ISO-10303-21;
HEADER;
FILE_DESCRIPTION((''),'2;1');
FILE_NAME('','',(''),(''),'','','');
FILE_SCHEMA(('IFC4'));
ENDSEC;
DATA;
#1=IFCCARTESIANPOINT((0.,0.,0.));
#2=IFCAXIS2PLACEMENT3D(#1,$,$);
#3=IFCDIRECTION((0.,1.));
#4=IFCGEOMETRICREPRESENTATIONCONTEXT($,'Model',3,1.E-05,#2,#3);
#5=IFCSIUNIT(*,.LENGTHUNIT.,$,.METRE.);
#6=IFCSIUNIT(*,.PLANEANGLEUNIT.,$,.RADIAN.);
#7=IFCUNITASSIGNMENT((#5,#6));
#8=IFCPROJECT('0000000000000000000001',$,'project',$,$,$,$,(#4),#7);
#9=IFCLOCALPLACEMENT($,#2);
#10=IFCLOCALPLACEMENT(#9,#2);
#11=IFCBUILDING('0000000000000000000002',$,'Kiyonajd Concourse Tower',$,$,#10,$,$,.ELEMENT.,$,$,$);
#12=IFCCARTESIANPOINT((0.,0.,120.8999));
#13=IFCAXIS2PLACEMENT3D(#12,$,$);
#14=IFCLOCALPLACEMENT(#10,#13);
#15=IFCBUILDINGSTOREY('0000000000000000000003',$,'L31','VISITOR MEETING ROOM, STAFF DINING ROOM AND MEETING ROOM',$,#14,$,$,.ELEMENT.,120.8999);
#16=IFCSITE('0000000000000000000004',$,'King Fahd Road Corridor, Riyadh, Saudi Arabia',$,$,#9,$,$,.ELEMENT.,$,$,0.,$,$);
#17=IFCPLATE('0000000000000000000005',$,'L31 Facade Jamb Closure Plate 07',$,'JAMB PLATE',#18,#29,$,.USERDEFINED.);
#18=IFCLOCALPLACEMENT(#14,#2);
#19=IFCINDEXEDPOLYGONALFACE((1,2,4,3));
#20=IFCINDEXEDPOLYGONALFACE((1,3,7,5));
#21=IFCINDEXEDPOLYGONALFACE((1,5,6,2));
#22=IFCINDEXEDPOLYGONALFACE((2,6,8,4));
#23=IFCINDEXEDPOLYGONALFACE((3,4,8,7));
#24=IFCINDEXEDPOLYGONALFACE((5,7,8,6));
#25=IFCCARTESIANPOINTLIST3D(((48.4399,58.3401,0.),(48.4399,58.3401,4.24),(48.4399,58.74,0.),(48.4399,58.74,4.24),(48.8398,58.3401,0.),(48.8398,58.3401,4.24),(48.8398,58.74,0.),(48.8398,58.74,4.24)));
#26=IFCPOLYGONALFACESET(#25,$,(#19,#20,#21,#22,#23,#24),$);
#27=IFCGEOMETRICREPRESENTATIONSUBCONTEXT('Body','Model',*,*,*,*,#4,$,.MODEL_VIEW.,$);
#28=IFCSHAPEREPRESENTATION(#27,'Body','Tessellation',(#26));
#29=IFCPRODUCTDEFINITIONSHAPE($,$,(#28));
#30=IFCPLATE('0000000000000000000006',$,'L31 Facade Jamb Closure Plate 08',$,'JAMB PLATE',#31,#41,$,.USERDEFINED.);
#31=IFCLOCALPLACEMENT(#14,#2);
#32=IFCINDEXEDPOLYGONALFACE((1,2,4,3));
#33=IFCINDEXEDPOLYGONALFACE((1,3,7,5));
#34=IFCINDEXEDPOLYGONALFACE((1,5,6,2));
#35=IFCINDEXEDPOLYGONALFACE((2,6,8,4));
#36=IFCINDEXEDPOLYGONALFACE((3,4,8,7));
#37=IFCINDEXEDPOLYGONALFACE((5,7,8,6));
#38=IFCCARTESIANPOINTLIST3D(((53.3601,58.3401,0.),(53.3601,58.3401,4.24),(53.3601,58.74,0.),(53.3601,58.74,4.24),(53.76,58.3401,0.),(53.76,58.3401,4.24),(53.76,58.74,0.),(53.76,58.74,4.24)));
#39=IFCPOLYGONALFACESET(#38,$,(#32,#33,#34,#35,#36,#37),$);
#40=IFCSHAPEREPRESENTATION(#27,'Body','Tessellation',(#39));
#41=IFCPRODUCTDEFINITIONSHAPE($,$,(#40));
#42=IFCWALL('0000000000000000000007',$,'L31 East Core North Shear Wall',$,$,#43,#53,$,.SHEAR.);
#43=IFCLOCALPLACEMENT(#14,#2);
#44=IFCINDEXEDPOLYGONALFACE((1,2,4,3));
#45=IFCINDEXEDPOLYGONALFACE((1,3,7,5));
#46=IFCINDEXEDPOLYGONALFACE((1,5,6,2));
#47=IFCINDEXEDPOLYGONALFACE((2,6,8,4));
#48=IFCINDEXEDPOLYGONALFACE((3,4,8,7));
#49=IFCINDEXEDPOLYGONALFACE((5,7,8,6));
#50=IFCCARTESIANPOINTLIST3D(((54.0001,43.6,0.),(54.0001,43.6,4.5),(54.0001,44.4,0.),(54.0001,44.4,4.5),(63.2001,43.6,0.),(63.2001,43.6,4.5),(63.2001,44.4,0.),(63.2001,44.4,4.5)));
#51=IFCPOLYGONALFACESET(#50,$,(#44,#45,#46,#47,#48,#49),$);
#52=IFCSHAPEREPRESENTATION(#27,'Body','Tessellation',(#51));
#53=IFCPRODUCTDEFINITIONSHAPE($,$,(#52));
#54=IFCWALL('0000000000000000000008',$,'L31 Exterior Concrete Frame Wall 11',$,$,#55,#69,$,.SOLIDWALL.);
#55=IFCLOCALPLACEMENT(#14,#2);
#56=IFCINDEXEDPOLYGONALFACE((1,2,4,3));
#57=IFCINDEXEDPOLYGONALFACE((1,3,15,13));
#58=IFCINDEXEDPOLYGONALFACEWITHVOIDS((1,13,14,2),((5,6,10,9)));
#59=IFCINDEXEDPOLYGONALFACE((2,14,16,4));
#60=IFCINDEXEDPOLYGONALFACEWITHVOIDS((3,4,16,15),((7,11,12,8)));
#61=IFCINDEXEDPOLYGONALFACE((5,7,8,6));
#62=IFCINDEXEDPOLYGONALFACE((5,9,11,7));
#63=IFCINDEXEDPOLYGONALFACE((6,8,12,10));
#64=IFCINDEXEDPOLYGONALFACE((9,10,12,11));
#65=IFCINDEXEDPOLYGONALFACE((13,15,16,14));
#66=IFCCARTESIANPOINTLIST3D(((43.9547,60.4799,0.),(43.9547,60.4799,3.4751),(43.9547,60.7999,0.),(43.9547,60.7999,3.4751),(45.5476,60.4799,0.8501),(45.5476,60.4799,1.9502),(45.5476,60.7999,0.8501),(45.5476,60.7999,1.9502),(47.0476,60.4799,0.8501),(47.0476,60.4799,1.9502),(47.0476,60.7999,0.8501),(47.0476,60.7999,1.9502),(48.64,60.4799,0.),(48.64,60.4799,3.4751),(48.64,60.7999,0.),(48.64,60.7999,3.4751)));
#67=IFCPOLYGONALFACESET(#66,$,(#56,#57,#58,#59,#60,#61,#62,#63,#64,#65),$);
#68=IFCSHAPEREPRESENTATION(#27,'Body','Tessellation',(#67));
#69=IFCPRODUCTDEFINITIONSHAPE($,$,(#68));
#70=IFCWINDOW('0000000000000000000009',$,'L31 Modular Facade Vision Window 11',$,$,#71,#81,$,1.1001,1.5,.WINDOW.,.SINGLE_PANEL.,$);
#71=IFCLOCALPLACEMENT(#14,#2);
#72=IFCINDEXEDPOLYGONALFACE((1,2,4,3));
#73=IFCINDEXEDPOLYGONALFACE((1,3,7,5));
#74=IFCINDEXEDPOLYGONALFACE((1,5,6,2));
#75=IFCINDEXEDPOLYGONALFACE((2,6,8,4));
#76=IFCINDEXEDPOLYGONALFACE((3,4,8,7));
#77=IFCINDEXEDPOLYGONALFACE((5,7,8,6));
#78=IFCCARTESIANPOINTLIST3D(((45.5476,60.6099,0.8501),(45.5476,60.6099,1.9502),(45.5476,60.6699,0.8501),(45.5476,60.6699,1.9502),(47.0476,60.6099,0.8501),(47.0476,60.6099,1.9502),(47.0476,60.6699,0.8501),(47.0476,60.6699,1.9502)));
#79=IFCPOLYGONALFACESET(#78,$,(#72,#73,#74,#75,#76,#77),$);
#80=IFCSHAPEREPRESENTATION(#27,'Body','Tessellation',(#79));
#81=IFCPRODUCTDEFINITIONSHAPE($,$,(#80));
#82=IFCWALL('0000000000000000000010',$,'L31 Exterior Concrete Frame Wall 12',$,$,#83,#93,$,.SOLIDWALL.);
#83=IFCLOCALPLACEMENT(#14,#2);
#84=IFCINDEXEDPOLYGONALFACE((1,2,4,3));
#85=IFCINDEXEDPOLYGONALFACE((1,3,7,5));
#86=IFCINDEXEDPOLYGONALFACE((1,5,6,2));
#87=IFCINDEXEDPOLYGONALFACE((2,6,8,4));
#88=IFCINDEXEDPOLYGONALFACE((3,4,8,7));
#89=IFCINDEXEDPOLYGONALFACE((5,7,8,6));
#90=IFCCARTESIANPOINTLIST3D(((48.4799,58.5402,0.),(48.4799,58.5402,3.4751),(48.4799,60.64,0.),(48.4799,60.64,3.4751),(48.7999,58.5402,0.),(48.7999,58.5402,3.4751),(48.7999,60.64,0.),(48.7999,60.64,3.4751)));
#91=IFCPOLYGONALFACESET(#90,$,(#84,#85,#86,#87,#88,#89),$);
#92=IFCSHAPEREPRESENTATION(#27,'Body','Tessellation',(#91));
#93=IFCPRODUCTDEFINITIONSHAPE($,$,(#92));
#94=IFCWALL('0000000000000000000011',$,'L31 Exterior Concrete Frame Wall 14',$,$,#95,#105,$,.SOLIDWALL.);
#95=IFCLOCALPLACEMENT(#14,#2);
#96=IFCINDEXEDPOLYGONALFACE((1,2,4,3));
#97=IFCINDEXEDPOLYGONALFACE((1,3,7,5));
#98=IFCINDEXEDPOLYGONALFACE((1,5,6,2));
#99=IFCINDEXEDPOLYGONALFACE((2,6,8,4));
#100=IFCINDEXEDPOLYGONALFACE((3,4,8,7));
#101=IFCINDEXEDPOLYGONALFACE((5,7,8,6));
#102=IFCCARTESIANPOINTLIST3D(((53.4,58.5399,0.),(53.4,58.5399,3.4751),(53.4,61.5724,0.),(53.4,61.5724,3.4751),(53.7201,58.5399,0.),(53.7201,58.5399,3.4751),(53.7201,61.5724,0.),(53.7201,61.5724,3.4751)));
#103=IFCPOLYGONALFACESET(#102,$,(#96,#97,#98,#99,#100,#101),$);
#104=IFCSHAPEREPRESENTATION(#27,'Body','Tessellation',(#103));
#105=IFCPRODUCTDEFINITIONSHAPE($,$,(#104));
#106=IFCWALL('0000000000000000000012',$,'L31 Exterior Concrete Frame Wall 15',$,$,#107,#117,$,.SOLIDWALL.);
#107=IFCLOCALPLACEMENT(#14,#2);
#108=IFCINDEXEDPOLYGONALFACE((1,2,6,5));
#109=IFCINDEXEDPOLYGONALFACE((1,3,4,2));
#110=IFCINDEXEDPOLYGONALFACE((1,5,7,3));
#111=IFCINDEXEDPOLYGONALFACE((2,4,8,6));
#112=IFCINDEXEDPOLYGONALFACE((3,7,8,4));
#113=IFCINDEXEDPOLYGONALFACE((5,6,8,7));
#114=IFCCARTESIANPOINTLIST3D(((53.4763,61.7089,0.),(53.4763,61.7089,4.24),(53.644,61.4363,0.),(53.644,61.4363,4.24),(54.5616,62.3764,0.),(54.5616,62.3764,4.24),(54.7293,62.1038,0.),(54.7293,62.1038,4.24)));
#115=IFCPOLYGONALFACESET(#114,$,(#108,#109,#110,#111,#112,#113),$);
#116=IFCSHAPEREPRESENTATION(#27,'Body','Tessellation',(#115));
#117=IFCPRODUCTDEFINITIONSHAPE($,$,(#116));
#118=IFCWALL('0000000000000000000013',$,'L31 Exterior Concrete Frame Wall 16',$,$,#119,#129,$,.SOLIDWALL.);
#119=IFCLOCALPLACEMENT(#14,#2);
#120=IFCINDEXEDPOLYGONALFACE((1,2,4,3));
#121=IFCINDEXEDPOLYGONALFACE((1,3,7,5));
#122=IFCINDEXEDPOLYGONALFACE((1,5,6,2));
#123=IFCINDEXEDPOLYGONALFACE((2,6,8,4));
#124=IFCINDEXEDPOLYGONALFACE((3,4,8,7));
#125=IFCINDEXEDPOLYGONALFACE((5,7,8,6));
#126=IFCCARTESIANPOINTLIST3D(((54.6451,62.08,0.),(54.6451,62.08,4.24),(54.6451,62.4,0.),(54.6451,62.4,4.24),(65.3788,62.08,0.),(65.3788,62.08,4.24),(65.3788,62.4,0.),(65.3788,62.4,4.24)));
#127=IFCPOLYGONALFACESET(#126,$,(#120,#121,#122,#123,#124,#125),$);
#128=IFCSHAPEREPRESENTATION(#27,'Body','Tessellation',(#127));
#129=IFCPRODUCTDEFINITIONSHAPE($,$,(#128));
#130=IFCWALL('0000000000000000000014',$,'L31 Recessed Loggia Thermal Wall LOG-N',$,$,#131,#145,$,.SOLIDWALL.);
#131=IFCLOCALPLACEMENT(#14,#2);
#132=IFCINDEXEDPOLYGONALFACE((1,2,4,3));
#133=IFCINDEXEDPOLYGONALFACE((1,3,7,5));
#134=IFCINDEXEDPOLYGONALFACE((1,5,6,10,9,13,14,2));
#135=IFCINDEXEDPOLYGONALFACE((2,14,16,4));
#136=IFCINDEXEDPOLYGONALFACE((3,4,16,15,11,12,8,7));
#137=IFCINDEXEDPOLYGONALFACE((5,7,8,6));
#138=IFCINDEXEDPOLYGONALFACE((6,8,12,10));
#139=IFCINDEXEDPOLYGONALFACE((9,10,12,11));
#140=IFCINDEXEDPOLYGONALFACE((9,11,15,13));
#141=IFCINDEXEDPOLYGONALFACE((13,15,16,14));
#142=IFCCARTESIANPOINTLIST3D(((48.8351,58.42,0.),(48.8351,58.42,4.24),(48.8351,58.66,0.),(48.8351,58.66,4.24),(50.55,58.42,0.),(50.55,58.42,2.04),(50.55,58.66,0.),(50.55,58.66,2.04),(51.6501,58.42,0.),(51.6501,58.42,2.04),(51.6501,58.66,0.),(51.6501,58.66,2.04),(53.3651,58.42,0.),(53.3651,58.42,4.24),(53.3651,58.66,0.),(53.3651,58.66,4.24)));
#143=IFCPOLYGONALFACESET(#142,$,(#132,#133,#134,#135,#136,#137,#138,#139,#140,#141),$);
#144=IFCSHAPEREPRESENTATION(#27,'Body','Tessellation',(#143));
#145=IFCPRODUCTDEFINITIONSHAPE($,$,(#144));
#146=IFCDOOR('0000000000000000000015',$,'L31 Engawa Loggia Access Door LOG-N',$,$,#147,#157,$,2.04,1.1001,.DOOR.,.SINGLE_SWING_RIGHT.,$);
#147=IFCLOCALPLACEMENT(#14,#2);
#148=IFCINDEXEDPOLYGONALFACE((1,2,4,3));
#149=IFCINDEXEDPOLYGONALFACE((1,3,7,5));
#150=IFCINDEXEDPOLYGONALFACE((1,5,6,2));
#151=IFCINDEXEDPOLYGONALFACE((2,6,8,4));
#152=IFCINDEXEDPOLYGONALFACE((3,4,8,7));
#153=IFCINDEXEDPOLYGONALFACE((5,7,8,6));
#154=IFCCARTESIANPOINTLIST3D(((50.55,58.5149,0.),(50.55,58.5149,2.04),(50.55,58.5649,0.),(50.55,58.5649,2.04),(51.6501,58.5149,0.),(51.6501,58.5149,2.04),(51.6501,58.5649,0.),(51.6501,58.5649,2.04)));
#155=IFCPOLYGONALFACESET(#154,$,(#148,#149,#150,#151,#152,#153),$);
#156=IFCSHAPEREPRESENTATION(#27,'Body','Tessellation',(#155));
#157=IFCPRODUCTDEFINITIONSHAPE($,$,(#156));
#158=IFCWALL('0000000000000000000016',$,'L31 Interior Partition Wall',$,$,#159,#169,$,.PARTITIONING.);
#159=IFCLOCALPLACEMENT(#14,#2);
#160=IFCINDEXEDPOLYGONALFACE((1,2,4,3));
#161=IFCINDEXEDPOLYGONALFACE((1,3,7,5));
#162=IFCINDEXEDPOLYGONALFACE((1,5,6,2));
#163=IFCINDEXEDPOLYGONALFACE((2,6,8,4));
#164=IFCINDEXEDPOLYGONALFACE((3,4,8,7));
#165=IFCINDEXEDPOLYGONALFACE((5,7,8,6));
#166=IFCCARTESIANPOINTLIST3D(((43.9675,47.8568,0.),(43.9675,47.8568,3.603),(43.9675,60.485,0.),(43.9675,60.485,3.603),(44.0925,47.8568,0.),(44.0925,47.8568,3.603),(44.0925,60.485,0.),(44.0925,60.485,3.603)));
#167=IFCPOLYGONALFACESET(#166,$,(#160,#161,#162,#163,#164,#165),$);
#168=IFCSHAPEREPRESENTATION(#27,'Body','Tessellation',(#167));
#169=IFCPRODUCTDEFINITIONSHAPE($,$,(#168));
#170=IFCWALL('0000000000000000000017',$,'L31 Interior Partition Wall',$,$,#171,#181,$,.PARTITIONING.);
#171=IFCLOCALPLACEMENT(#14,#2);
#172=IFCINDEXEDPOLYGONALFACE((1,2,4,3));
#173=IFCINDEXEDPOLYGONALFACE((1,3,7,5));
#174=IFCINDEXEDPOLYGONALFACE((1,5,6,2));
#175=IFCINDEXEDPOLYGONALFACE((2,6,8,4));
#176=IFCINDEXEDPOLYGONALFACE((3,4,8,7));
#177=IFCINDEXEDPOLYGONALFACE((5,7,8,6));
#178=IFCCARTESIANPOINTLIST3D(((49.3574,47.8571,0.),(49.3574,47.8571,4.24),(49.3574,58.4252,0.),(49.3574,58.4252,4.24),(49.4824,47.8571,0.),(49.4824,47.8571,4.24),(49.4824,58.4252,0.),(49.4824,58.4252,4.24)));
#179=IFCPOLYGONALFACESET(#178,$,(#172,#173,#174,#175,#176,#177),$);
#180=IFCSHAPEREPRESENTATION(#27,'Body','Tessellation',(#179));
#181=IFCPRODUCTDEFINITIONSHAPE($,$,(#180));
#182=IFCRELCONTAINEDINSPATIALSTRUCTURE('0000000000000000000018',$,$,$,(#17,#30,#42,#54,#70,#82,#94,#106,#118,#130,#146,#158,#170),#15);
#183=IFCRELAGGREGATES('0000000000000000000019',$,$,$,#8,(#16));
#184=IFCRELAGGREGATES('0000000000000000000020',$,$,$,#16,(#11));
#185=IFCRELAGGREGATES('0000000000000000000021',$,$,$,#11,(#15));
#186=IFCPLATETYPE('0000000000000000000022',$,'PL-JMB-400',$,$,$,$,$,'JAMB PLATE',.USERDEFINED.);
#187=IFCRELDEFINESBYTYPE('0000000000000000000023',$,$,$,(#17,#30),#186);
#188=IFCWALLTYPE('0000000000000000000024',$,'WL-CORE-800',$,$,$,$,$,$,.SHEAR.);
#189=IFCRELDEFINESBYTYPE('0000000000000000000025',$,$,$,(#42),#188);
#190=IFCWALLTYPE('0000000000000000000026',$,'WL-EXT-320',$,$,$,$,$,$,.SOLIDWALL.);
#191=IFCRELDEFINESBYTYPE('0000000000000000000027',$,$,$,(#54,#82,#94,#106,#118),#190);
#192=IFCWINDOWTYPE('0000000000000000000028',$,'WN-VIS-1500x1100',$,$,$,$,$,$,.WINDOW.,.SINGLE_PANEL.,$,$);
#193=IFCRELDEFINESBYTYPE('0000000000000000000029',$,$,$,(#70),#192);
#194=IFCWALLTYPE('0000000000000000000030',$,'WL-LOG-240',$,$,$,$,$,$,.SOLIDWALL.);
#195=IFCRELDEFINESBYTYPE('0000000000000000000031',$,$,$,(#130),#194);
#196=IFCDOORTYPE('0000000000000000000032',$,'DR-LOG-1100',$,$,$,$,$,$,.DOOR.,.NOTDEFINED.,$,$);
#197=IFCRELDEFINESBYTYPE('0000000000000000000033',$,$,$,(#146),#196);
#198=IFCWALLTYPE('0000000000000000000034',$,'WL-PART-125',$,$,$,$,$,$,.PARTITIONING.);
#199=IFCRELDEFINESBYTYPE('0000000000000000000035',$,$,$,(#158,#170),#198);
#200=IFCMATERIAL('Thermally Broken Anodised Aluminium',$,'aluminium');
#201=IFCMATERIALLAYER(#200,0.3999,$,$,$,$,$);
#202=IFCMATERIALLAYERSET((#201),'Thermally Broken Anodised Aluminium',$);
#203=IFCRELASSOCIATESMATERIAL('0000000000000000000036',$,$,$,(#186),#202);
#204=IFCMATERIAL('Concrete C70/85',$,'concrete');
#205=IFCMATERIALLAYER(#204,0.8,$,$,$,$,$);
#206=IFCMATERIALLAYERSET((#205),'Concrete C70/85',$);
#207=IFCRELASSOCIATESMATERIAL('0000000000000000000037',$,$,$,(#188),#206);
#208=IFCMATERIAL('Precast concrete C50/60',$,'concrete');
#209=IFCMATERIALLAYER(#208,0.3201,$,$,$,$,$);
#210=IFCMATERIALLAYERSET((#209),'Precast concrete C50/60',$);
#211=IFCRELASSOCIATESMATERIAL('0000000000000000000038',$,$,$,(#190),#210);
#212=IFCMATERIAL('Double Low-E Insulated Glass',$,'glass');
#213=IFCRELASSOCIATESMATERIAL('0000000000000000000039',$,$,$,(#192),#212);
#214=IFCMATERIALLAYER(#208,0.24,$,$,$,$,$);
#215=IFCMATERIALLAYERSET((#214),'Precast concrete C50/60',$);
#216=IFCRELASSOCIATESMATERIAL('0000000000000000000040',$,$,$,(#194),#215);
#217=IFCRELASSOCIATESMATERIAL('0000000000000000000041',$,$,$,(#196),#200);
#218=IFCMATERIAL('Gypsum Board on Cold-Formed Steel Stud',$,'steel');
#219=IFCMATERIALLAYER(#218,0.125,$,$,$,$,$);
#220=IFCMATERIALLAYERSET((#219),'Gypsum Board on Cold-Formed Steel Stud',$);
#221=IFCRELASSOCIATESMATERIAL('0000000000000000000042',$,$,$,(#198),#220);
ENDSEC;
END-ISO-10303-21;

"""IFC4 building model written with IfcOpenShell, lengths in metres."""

from ifc_helpers import new_model, si_unit, direction, frame, frame_2d, origin, origin_2d, place, context, subcontext, project, spatial, rectangle, extrude, material, layer, layer_set, type_object, element, fill, save


model = new_model("IFC4")

# Units and contexts
model_context = context("Model", 3, precision=1e-05, world=origin(), true_north=direction((0.0, 1.0)))
body_context = subcontext(model_context, "Body", "Model", "MODEL_VIEW")
ifc_project = project(units=[si_unit("LENGTHUNIT", "METRE"), si_unit("PLANEANGLEUNIT", "RADIAN")], contexts=[model_context])

# Site, building, storey
site_placement = place(None, origin())
site = spatial("IfcSite", under=ifc_project, at=site_placement, Name="King Fahd Road Corridor, Riyadh, Saudi Arabia", CompositionType="ELEMENT", RefElevation=0.0)
building_placement = place(site_placement, origin())
building = spatial("IfcBuilding", under=site, at=building_placement, Name="Kiyonajd Concourse Tower", CompositionType="ELEMENT")
storey_placement = place(building_placement, frame((0.0, 0.0, 120.8999)))
storey = spatial("IfcBuildingStorey", under=building, at=storey_placement, Name="L31", Description="VISITOR MEETING ROOM, STAFF DINING ROOM AND MEETING ROOM", CompositionType="ELEMENT", Elevation=120.8999)

# Shared definitions
ifc_material_1 = material(Name="Concrete C70/85", Category="concrete")

# Shared definitions
ifc_material_2 = material(Name="Precast concrete C50/60", Category="concrete")

# Plates
ifc_material_3 = material(Name="Thermally Broken Anodised Aluminium", Category="aluminium")
ifc_layer_1 = layer(ifc_material_3, 0.3999)
ifc_layer_set_1 = layer_set([ifc_layer_1], Name="Thermally Broken Anodised Aluminium")
plate_type = type_object("IfcPlateType", Name="PL-JMB-400", ElementType="JAMB PLATE", PredefinedType="USERDEFINED", material=ifc_layer_set_1)
for number, where, z_axis, x_axis, name in (
    (1, (48.6399, 58.54, 0.0), (0.0, 0.0, 1.0), (1.0, 0.0, 0.0), "L31 Facade Jamb Closure Plate 07"),
    (2, (53.5601, 58.54, 0.0), (0.0, 0.0, 1.0), (1.0, 0.0, 0.0), "L31 Facade Jamb Closure Plate 08"),
):
    element("IfcPlate", number, at=place(storey_placement, frame(where, z_axis=z_axis, x_axis=x_axis)), inside=storey, type_object=plate_type, Name=name, ObjectType="JAMB PLATE", PredefinedType="USERDEFINED", context=body_context, shape_type="SweptSolid", body=[
        extrude(rectangle(XDim=0.3999, YDim=0.3999, at=origin_2d()), origin(), (0.0, 0.0, 1.0), 4.24),
    ])

# Wall
ifc_layer_2 = layer(ifc_material_1, 0.8)
ifc_layer_set_2 = layer_set([ifc_layer_2], Name="Concrete C70/85")
wall_type_1 = type_object("IfcWallType", Name="WL-CORE-800", PredefinedType="SHEAR", material=ifc_layer_set_2)
wall_1_placement = place(storey_placement, frame((54.0, 44.0, 0.0), z_axis=(0.0, 0.0, 1.0), x_axis=(1.0, 0.0, 0.0)))
element("IfcWall", 3, at=wall_1_placement, inside=storey, type_object=wall_type_1, Name="L31 East Core North Shear Wall", PredefinedType="SHEAR", context=body_context, shape_type="SweptSolid", body=[
    extrude(rectangle(XDim=9.2, YDim=0.8, at=frame_2d((4.6001, 0.0))), origin(), (0.0, 0.0, 1.0), 4.5),
])

# Wall, opening, window
ifc_layer_3 = layer(ifc_material_2, 0.3201)
ifc_layer_set_3 = layer_set([ifc_layer_3], Name="Precast concrete C50/60")
wall_type_2 = type_object("IfcWallType", Name="WL-EXT-320", PredefinedType="SOLIDWALL", material=ifc_layer_set_3)
wall_2_placement = place(storey_placement, frame((43.9546, 60.6399, 0.0), z_axis=(0.0, 0.0, 1.0), x_axis=(1.0, 0.0, 0.0)))
wall_2 = element("IfcWall", 4, at=wall_2_placement, inside=storey, type_object=wall_type_2, Name="L31 Exterior Concrete Frame Wall 11", PredefinedType="SOLIDWALL", context=body_context, shape_type="SweptSolid", body=[
    extrude(rectangle(XDim=4.6853, YDim=0.3201, at=frame_2d((2.3428, 0.0))), origin(), (0.0, 0.0, 1.0), 3.4751),
])
opening_1_placement = place(wall_2_placement, frame((1.593, 0.0, 0.8501)))
opening_1 = element("IfcOpeningElement", 5, at=opening_1_placement, cuts=wall_2, PredefinedType="OPENING", context=body_context, shape_type="SweptSolid", body=[
    extrude(rectangle(XDim=1.5, YDim=1.1001, at=frame_2d((0.75, 0.55))), frame((0.0, 0.1699, 0.0), z_axis=(0.0, -1.0, 0.0), x_axis=(1.0, 0.0, 0.0)), (0.0, 0.0, 1.0), 0.3401),
])
ifc_material_4 = material(Name="Double Low-E Insulated Glass", Category="glass")
window_type = type_object("IfcWindowType", Name="WN-VIS-1500x1100", PartitioningType="SINGLE_PANEL", PredefinedType="WINDOW", material=ifc_material_4)
window_placement = place(opening_1_placement, origin())
window = element("IfcWindow", 6, at=window_placement, inside=storey, type_object=window_type, Name="L31 Modular Facade Vision Window 11", OverallHeight=1.1001, OverallWidth=1.5, PartitioningType="SINGLE_PANEL", PredefinedType="WINDOW", context=body_context, shape_type="SweptSolid", body=[
    extrude(rectangle(XDim=1.5, YDim=1.1001, at=frame_2d((0.75, 0.55))), frame((0.0, 0.03, 0.0), z_axis=(0.0, -1.0, 0.0), x_axis=(1.0, 0.0, 0.0)), (0.0, 0.0, 1.0), 0.0601),
])
fill(opening_1, window)

# Walls
wall_3_placement = place(storey_placement, frame((48.6399, 60.6399, 0.0), z_axis=(0.0, 0.0, 1.0), x_axis=(0.0, -1.0, 0.0)))
element("IfcWall", 7, at=wall_3_placement, inside=storey, type_object=wall_type_2, Name="L31 Exterior Concrete Frame Wall 12", PredefinedType="SOLIDWALL", context=body_context, shape_type="SweptSolid", body=[
    extrude(rectangle(XDim=2.0999, YDim=0.3201, at=frame_2d((1.0498, 0.0))), origin(), (0.0, 0.0, 1.0), 3.4751),
])
wall_4_placement = place(storey_placement, frame((53.5601, 58.54, 0.0), z_axis=(0.0, 0.0, 1.0), x_axis=(0.0, 1.0, 0.0)))
element("IfcWall", 8, at=wall_4_placement, inside=storey, type_object=wall_type_2, Name="L31 Exterior Concrete Frame Wall 14", PredefinedType="SOLIDWALL", context=body_context, shape_type="SweptSolid", body=[
    extrude(rectangle(XDim=3.0325, YDim=0.3201, at=frame_2d((1.5161, 0.0))), origin(), (0.0, 0.0, 1.0), 3.4751),
])
wall_5_placement = place(storey_placement, frame((53.5601, 61.5725, 0.0), z_axis=(0.0, 0.0, 1.0), x_axis=(0.851777, 0.523905, 0.0)))
element("IfcWall", 9, at=wall_5_placement, inside=storey, type_object=wall_type_2, Name="L31 Exterior Concrete Frame Wall 15", PredefinedType="SOLIDWALL", context=body_context, shape_type="SweptSolid", body=[
    extrude(rectangle(XDim=1.2742, YDim=0.3201, at=frame_2d((0.6372, 0.0))), origin(), (0.0, 0.0, 1.0), 4.24),
])
wall_6_placement = place(storey_placement, frame((54.6453, 62.24, 0.0), z_axis=(0.0, 0.0, 1.0), x_axis=(1.0, 0.0, 0.0)))
element("IfcWall", 10, at=wall_6_placement, inside=storey, type_object=wall_type_2, Name="L31 Exterior Concrete Frame Wall 16", PredefinedType="SOLIDWALL", context=body_context, shape_type="SweptSolid", body=[
    extrude(rectangle(XDim=10.7336, YDim=0.3201, at=frame_2d((5.3667, 0.0))), origin(), (0.0, 0.0, 1.0), 4.24),
])

# Wall, opening, door
ifc_layer_4 = layer(ifc_material_2, 0.24)
ifc_layer_set_4 = layer_set([ifc_layer_4], Name="Precast concrete C50/60")
wall_type_3 = type_object("IfcWallType", Name="WL-LOG-240", PredefinedType="SOLIDWALL", material=ifc_layer_set_4)
wall_7_placement = place(storey_placement, frame((48.835, 58.54, 0.0), z_axis=(0.0, 0.0, 1.0), x_axis=(1.0, 0.0, 0.0)))
wall_7 = element("IfcWall", 11, at=wall_7_placement, inside=storey, type_object=wall_type_3, Name="L31 Recessed Loggia Thermal Wall LOG-N", PredefinedType="SOLIDWALL", context=body_context, shape_type="SweptSolid", body=[
    extrude(rectangle(XDim=4.53, YDim=0.24, at=frame_2d((2.2651, 0.0))), origin(), (0.0, 0.0, 1.0), 4.24),
])
opening_2_placement = place(wall_7_placement, frame((1.7151, 0.0, 0.0)))
opening_2 = element("IfcOpeningElement", 12, at=opening_2_placement, cuts=wall_7, PredefinedType="OPENING", context=body_context, shape_type="SweptSolid", body=[
    extrude(rectangle(XDim=1.1001, YDim=2.04, at=frame_2d((0.55, 1.02))), frame((0.0, 0.1299, 0.0), z_axis=(0.0, -1.0, 0.0), x_axis=(1.0, 0.0, 0.0)), (0.0, 0.0, 1.0), 0.26),
])
door_type = type_object("IfcDoorType", Name="DR-LOG-1100", OperationType="NOTDEFINED", PredefinedType="DOOR", material=ifc_material_3)
door_placement = place(opening_2_placement, origin())
door = element("IfcDoor", 13, at=door_placement, inside=storey, type_object=door_type, Name="L31 Engawa Loggia Access Door LOG-N", OperationType="SINGLE_SWING_RIGHT", OverallHeight=2.04, OverallWidth=1.1001, PredefinedType="DOOR", context=body_context, shape_type="SweptSolid", body=[
    extrude(rectangle(XDim=1.1001, YDim=2.04, at=frame_2d((0.55, 1.02))), frame((0.0, 0.0249, 0.0), z_axis=(0.0, -1.0, 0.0), x_axis=(1.0, 0.0, 0.0)), (0.0, 0.0, 1.0), 0.05),
])
fill(opening_2, door)

# Walls
ifc_material_5 = material(Name="Gypsum Board on Cold-Formed Steel Stud", Category="steel")
ifc_layer_5 = layer(ifc_material_5, 0.125)
ifc_layer_set_5 = layer_set([ifc_layer_5], Name="Gypsum Board on Cold-Formed Steel Stud")
wall_type_4 = type_object("IfcWallType", Name="WL-PART-125", PredefinedType="PARTITIONING", material=ifc_layer_set_5)
wall_8_placement = place(storey_placement, frame((44.03, 47.8569, 0.0), z_axis=(0.0, 0.0, 1.0), x_axis=(0.0, 1.0, 0.0)))
element("IfcWall", 14, at=wall_8_placement, inside=storey, type_object=wall_type_4, Name="L31 Interior Partition Wall", PredefinedType="PARTITIONING", context=body_context, shape_type="SweptSolid", body=[
    extrude(rectangle(XDim=12.6282, YDim=0.125, at=frame_2d((6.314, 0.0))), origin(), (0.0, 0.0, 1.0), 3.603),
])
wall_9_placement = place(storey_placement, frame((49.4199, 47.8569, 0.0), z_axis=(0.0, 0.0, 1.0), x_axis=(0.0, 1.0, 0.0)))
element("IfcWall", 15, at=wall_9_placement, inside=storey, type_object=wall_type_4, Name="L31 Interior Partition Wall", PredefinedType="PARTITIONING", context=body_context, shape_type="SweptSolid", body=[
    extrude(rectangle(XDim=10.5681, YDim=0.125, at=frame_2d((5.2842, 0.0))), origin(), (0.0, 0.0, 1.0), 4.24),
])

save(model, "model.ifc")
